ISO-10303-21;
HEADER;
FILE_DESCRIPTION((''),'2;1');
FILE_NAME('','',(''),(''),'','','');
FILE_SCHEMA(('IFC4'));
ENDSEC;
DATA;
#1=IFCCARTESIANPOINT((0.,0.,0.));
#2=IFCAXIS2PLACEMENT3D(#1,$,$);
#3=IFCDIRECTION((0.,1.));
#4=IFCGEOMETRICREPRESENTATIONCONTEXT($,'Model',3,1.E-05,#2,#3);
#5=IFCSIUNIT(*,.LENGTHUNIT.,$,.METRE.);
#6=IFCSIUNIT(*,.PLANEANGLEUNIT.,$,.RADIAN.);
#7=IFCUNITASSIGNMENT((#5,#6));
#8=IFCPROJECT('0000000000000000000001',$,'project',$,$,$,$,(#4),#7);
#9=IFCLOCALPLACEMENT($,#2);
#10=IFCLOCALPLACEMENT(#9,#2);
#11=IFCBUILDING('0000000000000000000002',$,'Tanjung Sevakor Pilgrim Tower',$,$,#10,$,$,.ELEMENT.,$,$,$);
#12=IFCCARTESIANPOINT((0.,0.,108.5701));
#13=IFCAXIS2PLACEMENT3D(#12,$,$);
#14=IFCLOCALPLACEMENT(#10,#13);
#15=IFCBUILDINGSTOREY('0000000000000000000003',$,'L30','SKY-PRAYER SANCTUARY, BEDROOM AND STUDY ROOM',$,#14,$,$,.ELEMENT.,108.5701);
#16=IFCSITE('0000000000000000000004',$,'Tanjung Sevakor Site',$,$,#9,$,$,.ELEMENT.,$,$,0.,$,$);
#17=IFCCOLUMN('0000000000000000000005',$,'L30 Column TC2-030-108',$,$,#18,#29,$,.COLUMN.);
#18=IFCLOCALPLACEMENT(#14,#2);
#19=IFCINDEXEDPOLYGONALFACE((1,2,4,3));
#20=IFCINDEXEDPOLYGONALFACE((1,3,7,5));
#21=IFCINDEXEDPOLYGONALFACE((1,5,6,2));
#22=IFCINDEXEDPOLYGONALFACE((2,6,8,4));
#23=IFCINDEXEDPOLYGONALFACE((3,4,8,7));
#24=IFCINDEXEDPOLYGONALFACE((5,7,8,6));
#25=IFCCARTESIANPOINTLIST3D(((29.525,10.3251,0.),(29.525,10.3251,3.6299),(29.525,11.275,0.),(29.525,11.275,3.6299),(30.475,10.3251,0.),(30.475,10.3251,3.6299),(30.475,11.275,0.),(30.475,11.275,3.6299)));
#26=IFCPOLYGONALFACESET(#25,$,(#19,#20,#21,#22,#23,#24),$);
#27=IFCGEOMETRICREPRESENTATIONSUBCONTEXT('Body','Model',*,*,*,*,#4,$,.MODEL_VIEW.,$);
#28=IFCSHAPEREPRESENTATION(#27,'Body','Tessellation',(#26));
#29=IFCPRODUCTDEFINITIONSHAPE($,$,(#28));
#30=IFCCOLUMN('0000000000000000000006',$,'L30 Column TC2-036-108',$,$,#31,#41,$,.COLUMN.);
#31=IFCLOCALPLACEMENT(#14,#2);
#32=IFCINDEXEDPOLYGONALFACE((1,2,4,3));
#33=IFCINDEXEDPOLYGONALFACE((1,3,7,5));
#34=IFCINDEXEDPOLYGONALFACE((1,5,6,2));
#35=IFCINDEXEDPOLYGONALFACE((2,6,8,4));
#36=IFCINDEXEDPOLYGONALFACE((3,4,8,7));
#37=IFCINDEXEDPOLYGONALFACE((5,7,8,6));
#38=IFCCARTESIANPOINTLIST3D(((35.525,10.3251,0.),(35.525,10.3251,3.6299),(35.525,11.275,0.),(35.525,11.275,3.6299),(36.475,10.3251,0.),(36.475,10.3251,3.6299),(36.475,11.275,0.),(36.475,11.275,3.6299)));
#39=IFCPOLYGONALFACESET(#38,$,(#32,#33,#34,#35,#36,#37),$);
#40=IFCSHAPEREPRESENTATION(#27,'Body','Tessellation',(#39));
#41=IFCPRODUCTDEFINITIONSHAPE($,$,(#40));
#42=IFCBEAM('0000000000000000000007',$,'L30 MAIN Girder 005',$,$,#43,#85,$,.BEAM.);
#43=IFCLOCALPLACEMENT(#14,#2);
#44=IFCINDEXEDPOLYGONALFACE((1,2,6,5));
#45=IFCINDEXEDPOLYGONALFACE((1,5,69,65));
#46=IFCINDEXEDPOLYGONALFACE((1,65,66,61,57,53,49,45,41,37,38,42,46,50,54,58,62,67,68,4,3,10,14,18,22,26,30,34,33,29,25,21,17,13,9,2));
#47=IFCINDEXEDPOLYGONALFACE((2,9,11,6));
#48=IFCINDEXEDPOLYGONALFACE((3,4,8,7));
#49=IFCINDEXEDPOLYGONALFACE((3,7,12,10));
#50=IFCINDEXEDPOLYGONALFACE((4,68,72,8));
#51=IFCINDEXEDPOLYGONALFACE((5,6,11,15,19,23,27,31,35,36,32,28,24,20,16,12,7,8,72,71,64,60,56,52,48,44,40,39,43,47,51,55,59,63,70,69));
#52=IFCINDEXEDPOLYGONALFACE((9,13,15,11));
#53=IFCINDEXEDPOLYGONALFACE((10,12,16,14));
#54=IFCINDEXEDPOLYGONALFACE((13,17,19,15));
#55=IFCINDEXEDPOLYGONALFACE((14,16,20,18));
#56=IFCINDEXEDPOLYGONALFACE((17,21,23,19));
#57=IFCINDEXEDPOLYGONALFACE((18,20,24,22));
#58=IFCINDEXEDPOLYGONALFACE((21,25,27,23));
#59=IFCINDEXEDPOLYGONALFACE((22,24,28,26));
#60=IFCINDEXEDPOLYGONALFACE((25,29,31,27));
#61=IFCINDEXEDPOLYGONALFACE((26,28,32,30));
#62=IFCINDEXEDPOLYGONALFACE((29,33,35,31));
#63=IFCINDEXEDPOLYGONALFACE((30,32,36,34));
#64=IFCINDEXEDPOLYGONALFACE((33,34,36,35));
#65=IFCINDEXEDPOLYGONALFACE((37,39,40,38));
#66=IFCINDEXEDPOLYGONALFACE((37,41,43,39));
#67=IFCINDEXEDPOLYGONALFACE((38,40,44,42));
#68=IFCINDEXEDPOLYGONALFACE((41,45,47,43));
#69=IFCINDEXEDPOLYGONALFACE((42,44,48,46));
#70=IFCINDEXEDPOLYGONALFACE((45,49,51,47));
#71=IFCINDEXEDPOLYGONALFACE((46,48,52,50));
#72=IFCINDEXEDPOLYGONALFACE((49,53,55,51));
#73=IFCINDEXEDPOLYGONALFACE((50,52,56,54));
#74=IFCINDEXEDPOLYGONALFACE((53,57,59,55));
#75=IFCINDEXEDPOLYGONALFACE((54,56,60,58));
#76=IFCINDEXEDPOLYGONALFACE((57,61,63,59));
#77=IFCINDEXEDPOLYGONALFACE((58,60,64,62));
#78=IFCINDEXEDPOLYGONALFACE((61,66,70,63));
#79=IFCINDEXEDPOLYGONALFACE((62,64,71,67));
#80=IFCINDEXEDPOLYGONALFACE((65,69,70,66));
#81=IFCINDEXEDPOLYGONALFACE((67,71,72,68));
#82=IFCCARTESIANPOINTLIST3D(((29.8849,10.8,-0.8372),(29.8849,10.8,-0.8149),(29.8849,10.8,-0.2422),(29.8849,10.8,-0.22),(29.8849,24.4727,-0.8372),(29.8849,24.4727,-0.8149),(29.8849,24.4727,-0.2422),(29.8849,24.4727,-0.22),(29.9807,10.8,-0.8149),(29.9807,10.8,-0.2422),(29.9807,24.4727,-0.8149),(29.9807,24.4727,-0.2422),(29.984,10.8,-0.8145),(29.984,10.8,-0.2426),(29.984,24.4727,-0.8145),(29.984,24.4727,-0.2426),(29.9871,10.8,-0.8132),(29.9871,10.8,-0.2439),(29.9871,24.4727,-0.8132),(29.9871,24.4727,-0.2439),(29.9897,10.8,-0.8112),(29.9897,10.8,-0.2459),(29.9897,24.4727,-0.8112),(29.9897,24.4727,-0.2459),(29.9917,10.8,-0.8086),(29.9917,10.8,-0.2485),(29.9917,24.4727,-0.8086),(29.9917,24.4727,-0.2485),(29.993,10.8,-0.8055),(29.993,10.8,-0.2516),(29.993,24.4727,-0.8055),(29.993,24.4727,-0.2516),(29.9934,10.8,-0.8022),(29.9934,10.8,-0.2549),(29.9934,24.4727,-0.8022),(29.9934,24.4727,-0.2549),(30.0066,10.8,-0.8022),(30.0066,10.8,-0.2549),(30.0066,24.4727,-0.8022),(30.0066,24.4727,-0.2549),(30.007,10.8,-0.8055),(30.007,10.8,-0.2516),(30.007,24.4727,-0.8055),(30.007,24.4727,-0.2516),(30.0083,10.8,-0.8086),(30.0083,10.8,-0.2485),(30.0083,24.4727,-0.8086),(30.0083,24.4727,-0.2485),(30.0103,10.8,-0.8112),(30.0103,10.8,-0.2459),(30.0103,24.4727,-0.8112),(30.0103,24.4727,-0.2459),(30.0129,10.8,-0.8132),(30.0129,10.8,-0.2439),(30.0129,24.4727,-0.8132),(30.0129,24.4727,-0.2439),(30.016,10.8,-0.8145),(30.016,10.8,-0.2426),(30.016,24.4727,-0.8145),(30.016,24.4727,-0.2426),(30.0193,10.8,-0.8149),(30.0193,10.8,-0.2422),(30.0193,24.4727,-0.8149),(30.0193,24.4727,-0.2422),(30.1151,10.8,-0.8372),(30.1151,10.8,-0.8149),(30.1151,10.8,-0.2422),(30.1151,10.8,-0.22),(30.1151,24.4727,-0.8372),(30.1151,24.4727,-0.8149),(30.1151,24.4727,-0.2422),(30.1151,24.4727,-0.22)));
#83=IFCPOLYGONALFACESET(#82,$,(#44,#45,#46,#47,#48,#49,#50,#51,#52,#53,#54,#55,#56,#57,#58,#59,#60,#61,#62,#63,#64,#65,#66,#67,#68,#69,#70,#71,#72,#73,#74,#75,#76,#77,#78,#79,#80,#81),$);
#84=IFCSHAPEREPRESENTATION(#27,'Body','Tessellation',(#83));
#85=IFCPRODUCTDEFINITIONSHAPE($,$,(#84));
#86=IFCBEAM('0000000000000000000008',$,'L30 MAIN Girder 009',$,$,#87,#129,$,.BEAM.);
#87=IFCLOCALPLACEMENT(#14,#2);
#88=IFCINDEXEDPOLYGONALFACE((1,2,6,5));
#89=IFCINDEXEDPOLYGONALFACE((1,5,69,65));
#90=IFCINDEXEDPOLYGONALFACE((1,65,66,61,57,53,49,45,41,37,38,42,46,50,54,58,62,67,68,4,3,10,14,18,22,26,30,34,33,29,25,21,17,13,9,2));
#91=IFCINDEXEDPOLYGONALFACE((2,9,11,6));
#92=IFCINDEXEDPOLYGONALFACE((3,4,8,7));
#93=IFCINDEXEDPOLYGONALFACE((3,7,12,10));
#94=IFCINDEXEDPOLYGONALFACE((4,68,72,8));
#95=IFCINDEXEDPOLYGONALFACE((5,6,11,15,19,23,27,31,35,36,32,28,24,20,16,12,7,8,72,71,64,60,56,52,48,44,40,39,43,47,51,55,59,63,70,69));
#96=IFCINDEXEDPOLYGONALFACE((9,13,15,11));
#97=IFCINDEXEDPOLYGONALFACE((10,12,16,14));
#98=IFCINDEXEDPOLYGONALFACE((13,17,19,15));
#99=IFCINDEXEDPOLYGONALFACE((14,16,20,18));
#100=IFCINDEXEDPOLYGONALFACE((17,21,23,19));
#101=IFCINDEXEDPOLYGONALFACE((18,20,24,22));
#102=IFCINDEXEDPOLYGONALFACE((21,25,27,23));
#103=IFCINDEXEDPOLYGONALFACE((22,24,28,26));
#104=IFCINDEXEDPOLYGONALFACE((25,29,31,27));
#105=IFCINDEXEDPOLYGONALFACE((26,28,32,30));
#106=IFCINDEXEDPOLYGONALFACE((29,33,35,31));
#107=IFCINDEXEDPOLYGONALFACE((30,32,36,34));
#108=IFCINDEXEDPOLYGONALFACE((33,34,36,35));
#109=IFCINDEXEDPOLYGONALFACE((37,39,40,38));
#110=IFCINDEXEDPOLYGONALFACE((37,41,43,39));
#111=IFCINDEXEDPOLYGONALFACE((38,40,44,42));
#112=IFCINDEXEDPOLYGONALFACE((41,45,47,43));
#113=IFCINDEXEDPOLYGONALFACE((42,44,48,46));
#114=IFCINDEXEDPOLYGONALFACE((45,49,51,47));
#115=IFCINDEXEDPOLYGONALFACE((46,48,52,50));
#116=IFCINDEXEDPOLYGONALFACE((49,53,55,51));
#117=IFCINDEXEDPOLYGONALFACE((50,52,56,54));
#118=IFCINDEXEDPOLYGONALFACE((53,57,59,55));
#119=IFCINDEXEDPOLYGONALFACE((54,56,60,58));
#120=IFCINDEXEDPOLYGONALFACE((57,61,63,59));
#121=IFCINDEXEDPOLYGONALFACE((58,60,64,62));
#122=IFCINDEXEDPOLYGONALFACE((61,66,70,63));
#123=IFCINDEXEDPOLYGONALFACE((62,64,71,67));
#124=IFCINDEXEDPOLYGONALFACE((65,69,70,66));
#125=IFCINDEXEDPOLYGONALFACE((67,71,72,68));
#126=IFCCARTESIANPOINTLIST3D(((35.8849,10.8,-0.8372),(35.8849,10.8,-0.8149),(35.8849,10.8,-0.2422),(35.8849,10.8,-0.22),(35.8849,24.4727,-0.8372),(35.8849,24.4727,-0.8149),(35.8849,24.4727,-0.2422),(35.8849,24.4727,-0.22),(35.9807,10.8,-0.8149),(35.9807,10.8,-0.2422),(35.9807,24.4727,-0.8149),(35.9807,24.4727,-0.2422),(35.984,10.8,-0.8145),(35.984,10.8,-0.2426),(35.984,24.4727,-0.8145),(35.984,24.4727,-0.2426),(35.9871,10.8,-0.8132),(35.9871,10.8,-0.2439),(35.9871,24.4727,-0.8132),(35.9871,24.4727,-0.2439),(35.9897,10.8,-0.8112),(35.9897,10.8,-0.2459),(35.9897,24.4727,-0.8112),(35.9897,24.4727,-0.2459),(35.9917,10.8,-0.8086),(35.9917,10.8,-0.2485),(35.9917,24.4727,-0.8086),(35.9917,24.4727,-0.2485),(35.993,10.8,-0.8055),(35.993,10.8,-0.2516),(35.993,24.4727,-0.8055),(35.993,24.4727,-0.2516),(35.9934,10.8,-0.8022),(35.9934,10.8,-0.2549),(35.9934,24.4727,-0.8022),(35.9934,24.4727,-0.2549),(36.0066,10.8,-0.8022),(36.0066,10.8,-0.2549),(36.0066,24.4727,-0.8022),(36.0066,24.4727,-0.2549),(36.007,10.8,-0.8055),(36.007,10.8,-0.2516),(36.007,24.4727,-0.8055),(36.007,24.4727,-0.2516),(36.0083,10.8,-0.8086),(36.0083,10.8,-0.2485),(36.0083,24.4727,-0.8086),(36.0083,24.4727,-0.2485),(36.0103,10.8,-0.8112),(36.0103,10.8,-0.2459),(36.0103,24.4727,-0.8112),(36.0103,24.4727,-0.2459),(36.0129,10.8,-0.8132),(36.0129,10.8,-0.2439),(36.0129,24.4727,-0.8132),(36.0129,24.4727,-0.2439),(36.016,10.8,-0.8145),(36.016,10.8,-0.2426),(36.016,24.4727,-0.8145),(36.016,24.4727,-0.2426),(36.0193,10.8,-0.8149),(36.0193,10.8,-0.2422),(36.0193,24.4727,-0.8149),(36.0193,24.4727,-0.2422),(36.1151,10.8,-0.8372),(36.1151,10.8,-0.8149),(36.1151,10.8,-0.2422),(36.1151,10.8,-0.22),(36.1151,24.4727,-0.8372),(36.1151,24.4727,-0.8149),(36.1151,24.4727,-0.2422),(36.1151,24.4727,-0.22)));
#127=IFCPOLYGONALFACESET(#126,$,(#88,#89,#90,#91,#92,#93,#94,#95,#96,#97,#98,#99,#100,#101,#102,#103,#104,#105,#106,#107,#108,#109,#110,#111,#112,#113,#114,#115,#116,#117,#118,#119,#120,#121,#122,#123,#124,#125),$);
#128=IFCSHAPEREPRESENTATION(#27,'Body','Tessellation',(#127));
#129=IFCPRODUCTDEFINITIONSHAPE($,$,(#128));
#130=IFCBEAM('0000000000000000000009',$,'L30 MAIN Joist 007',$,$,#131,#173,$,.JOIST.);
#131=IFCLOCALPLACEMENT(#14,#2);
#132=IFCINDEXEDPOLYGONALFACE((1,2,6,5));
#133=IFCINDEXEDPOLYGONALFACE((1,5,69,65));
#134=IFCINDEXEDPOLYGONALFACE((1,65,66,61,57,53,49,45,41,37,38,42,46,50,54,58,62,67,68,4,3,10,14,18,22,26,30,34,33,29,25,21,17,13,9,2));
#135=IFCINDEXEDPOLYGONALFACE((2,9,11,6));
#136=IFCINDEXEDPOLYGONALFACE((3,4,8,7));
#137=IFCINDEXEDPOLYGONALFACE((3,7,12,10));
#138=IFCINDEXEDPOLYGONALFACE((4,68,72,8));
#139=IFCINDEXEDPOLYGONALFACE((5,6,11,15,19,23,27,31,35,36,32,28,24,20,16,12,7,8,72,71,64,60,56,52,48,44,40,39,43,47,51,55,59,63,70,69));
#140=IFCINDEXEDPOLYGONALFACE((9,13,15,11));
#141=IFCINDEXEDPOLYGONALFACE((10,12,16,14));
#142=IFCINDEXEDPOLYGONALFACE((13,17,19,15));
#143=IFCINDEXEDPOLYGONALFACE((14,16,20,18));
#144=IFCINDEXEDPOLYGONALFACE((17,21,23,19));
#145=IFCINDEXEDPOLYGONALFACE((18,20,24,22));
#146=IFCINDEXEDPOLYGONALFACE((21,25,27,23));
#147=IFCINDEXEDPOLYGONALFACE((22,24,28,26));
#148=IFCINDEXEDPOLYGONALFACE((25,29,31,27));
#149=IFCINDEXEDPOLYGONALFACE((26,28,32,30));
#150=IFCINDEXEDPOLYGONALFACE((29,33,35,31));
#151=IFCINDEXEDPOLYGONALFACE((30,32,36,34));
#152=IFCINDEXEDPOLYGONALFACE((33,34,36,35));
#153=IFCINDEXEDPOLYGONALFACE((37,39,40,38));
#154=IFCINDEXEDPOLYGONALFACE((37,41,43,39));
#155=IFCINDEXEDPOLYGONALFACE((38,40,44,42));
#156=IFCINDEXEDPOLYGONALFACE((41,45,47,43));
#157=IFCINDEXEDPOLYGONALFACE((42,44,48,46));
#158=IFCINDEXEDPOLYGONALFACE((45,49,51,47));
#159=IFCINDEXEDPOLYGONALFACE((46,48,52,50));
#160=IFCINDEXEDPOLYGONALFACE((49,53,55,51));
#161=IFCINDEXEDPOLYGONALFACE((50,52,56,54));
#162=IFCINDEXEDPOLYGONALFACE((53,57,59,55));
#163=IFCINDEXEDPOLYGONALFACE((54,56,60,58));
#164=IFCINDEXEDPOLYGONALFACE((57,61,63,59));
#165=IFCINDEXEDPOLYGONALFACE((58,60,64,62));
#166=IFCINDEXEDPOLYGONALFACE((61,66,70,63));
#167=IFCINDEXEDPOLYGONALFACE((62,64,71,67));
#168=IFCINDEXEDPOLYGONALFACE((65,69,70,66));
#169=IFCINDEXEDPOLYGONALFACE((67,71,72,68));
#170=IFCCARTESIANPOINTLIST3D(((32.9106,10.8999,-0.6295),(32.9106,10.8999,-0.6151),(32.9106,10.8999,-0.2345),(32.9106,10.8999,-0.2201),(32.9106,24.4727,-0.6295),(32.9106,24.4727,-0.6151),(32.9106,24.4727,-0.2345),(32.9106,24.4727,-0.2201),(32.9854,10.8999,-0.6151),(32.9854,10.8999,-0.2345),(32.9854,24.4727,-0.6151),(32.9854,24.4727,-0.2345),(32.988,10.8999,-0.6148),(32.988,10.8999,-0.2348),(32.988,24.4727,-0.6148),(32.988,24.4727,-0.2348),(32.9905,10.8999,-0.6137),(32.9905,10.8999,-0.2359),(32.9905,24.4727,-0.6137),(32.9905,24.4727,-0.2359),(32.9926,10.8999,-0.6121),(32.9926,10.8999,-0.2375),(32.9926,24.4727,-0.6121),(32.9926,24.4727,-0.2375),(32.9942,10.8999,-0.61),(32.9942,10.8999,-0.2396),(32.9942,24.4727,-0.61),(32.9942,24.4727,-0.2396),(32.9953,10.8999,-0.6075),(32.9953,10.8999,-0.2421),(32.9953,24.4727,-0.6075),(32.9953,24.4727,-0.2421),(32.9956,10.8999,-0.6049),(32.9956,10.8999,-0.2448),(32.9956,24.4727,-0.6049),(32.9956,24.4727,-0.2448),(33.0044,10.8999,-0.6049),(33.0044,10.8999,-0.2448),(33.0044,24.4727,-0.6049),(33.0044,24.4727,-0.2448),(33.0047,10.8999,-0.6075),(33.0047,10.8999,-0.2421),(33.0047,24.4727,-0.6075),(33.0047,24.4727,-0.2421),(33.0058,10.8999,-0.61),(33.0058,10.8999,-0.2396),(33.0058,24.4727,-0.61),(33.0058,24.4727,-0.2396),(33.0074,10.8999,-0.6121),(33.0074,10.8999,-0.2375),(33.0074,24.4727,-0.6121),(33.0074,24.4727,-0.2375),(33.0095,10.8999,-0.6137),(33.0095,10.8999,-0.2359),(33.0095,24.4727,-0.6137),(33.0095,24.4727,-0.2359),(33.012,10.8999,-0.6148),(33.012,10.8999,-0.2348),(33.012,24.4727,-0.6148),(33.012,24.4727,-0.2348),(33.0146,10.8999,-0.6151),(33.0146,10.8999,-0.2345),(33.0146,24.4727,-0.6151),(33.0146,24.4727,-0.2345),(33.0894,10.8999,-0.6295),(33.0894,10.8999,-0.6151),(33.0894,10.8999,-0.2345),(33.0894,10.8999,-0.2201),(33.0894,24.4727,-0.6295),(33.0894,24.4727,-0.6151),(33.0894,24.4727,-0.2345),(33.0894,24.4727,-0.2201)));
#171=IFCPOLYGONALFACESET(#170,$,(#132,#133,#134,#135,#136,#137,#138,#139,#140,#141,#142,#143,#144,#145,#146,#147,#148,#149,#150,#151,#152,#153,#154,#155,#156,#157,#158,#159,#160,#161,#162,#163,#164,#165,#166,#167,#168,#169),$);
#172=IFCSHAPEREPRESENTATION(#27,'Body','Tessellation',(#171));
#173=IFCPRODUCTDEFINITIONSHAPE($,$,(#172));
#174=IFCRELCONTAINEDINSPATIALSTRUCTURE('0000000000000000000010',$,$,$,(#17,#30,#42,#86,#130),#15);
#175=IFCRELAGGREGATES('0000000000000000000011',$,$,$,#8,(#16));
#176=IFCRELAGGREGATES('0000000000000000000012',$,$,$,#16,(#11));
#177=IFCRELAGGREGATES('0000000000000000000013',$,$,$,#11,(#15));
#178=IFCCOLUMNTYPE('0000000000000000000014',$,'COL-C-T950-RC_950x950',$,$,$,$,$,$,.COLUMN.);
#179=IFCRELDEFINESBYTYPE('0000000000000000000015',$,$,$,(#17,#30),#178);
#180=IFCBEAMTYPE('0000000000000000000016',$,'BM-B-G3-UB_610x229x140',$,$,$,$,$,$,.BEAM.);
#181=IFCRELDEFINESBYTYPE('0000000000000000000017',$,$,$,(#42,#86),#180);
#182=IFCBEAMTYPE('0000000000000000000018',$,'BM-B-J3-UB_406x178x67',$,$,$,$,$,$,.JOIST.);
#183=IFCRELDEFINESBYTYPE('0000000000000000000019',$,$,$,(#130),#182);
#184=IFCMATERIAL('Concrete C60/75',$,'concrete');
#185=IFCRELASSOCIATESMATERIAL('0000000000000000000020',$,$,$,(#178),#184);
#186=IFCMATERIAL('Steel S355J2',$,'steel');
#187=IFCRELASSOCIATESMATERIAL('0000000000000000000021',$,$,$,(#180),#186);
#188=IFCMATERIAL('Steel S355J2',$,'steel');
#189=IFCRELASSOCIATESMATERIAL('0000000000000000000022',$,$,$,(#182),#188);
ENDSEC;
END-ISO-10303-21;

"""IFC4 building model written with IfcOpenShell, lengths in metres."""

from ifc_helpers import new_model, si_unit, direction, frame, origin, origin_2d, place, context, subcontext, project, spatial, rectangle, i_section, extrude, material, material_profile, profile_set, type_object, element, save


model = new_model("IFC4")

# Units and contexts
model_context = context("Model", 3, precision=1e-05, world=origin(), true_north=direction((0.0, 1.0)))
body_context = subcontext(model_context, "Body", "Model", "MODEL_VIEW")
ifc_project = project(units=[si_unit("LENGTHUNIT", "METRE"), si_unit("PLANEANGLEUNIT", "RADIAN")], contexts=[model_context])

# Site, building, storey
site_placement = place(None, origin())
site = spatial("IfcSite", under=ifc_project, at=site_placement, Name="Tanjung Sevakor Site", CompositionType="ELEMENT", RefElevation=0.0)
building_placement = place(site_placement, origin())
building = spatial("IfcBuilding", under=site, at=building_placement, Name="Tanjung Sevakor Pilgrim Tower", CompositionType="ELEMENT")
storey_placement = place(building_placement, frame((0.0, 0.0, 108.5701)))
storey = spatial("IfcBuildingStorey", under=building, at=storey_placement, Name="L30", Description="SKY-PRAYER SANCTUARY, BEDROOM AND STUDY ROOM", CompositionType="ELEMENT", Elevation=108.5701)

# Columns
ifc_material_1 = material(Name="Concrete C60/75", Category="concrete")
ifc_material_profile_1 = material_profile(ifc_material_1, rectangle(XDim=0.95, YDim=0.95, at=origin_2d()))
ifc_profile_set_1 = profile_set([ifc_material_profile_1], Name="Concrete C60/75")
column_type = type_object("IfcColumnType", Name="COL-C-T950-RC_950x950", PredefinedType="COLUMN", material=ifc_profile_set_1)
for number, where, z_axis, x_axis, name in (
    (1, (30.0, 10.8, 0.0), (0.0, 0.0, 1.0), (1.0, 0.0, 0.0), "L30 Column TC2-030-108"),
    (2, (36.0, 10.8, 0.0), (0.0, 0.0, 1.0), (1.0, 0.0, 0.0), "L30 Column TC2-036-108"),
):
    element("IfcColumn", number, at=place(storey_placement, frame(where, z_axis=z_axis, x_axis=x_axis)), inside=storey, type_object=column_type, Name=name, PredefinedType="COLUMN", context=body_context, shape_type="SweptSolid", body=[
        extrude(rectangle(XDim=0.95, YDim=0.95, at=origin_2d()), origin(), (0.0, 0.0, 1.0), 3.6299),
    ])

# Beams
ifc_material_2 = material(Name="Steel S355J2", Category="steel")
ifc_material_profile_2 = material_profile(ifc_material_2, i_section(OverallWidth=0.2302, OverallDepth=0.6172, WebThickness=0.0132, FlangeThickness=0.0222, FilletRadius=0.0127, at=origin_2d()))
ifc_profile_set_2 = profile_set([ifc_material_profile_2], Name="Steel S355J2")
beam_type_1 = type_object("IfcBeamType", Name="BM-B-G3-UB_610x229x140", PredefinedType="BEAM", material=ifc_profile_set_2)
for number, where, z_axis, x_axis, name in (
    (3, (30.0, 10.8, -0.5286), (0.0, 1.0, 0.0), (-1.0, 0.0, 0.0), "L30 MAIN Girder 005"),
    (4, (36.0, 10.8, -0.5286), (0.0, 1.0, 0.0), (-1.0, 0.0, 0.0), "L30 MAIN Girder 009"),
):
    element("IfcBeam", number, at=place(storey_placement, frame(where, z_axis=z_axis, x_axis=x_axis)), inside=storey, type_object=beam_type_1, Name=name, PredefinedType="BEAM", context=body_context, shape_type="SweptSolid", body=[
        extrude(i_section(OverallWidth=0.2302, OverallDepth=0.6172, WebThickness=0.0132, FlangeThickness=0.0222, FilletRadius=0.0127, at=origin_2d()), origin(), (0.0, 0.0, 1.0), 13.6726),
    ])
ifc_material_3 = material(Name="Steel S355J2", Category="steel")
ifc_material_profile_3 = material_profile(ifc_material_3, i_section(OverallWidth=0.1787, OverallDepth=0.4094, WebThickness=0.0088, FlangeThickness=0.0144, FilletRadius=0.0103, at=origin_2d()))
ifc_profile_set_3 = profile_set([ifc_material_profile_3], Name="Steel S355J2")
beam_type_2 = type_object("IfcBeamType", Name="BM-B-J3-UB_406x178x67", PredefinedType="JOIST", material=ifc_profile_set_3)
for number, where, z_axis, x_axis, name in (
    (5, (33.0, 10.8999, -0.4248), (0.0, 1.0, 0.0), (-1.0, 0.0, 0.0), "L30 MAIN Joist 007"),
):
    element("IfcBeam", number, at=place(storey_placement, frame(where, z_axis=z_axis, x_axis=x_axis)), inside=storey, type_object=beam_type_2, Name=name, PredefinedType="JOIST", context=body_context, shape_type="SweptSolid", body=[
        extrude(i_section(OverallWidth=0.1787, OverallDepth=0.4094, WebThickness=0.0088, FlangeThickness=0.0144, FilletRadius=0.0103, at=origin_2d()), origin(), (0.0, 0.0, 1.0), 13.5728),
    ])

save(model, "model.ifc")
